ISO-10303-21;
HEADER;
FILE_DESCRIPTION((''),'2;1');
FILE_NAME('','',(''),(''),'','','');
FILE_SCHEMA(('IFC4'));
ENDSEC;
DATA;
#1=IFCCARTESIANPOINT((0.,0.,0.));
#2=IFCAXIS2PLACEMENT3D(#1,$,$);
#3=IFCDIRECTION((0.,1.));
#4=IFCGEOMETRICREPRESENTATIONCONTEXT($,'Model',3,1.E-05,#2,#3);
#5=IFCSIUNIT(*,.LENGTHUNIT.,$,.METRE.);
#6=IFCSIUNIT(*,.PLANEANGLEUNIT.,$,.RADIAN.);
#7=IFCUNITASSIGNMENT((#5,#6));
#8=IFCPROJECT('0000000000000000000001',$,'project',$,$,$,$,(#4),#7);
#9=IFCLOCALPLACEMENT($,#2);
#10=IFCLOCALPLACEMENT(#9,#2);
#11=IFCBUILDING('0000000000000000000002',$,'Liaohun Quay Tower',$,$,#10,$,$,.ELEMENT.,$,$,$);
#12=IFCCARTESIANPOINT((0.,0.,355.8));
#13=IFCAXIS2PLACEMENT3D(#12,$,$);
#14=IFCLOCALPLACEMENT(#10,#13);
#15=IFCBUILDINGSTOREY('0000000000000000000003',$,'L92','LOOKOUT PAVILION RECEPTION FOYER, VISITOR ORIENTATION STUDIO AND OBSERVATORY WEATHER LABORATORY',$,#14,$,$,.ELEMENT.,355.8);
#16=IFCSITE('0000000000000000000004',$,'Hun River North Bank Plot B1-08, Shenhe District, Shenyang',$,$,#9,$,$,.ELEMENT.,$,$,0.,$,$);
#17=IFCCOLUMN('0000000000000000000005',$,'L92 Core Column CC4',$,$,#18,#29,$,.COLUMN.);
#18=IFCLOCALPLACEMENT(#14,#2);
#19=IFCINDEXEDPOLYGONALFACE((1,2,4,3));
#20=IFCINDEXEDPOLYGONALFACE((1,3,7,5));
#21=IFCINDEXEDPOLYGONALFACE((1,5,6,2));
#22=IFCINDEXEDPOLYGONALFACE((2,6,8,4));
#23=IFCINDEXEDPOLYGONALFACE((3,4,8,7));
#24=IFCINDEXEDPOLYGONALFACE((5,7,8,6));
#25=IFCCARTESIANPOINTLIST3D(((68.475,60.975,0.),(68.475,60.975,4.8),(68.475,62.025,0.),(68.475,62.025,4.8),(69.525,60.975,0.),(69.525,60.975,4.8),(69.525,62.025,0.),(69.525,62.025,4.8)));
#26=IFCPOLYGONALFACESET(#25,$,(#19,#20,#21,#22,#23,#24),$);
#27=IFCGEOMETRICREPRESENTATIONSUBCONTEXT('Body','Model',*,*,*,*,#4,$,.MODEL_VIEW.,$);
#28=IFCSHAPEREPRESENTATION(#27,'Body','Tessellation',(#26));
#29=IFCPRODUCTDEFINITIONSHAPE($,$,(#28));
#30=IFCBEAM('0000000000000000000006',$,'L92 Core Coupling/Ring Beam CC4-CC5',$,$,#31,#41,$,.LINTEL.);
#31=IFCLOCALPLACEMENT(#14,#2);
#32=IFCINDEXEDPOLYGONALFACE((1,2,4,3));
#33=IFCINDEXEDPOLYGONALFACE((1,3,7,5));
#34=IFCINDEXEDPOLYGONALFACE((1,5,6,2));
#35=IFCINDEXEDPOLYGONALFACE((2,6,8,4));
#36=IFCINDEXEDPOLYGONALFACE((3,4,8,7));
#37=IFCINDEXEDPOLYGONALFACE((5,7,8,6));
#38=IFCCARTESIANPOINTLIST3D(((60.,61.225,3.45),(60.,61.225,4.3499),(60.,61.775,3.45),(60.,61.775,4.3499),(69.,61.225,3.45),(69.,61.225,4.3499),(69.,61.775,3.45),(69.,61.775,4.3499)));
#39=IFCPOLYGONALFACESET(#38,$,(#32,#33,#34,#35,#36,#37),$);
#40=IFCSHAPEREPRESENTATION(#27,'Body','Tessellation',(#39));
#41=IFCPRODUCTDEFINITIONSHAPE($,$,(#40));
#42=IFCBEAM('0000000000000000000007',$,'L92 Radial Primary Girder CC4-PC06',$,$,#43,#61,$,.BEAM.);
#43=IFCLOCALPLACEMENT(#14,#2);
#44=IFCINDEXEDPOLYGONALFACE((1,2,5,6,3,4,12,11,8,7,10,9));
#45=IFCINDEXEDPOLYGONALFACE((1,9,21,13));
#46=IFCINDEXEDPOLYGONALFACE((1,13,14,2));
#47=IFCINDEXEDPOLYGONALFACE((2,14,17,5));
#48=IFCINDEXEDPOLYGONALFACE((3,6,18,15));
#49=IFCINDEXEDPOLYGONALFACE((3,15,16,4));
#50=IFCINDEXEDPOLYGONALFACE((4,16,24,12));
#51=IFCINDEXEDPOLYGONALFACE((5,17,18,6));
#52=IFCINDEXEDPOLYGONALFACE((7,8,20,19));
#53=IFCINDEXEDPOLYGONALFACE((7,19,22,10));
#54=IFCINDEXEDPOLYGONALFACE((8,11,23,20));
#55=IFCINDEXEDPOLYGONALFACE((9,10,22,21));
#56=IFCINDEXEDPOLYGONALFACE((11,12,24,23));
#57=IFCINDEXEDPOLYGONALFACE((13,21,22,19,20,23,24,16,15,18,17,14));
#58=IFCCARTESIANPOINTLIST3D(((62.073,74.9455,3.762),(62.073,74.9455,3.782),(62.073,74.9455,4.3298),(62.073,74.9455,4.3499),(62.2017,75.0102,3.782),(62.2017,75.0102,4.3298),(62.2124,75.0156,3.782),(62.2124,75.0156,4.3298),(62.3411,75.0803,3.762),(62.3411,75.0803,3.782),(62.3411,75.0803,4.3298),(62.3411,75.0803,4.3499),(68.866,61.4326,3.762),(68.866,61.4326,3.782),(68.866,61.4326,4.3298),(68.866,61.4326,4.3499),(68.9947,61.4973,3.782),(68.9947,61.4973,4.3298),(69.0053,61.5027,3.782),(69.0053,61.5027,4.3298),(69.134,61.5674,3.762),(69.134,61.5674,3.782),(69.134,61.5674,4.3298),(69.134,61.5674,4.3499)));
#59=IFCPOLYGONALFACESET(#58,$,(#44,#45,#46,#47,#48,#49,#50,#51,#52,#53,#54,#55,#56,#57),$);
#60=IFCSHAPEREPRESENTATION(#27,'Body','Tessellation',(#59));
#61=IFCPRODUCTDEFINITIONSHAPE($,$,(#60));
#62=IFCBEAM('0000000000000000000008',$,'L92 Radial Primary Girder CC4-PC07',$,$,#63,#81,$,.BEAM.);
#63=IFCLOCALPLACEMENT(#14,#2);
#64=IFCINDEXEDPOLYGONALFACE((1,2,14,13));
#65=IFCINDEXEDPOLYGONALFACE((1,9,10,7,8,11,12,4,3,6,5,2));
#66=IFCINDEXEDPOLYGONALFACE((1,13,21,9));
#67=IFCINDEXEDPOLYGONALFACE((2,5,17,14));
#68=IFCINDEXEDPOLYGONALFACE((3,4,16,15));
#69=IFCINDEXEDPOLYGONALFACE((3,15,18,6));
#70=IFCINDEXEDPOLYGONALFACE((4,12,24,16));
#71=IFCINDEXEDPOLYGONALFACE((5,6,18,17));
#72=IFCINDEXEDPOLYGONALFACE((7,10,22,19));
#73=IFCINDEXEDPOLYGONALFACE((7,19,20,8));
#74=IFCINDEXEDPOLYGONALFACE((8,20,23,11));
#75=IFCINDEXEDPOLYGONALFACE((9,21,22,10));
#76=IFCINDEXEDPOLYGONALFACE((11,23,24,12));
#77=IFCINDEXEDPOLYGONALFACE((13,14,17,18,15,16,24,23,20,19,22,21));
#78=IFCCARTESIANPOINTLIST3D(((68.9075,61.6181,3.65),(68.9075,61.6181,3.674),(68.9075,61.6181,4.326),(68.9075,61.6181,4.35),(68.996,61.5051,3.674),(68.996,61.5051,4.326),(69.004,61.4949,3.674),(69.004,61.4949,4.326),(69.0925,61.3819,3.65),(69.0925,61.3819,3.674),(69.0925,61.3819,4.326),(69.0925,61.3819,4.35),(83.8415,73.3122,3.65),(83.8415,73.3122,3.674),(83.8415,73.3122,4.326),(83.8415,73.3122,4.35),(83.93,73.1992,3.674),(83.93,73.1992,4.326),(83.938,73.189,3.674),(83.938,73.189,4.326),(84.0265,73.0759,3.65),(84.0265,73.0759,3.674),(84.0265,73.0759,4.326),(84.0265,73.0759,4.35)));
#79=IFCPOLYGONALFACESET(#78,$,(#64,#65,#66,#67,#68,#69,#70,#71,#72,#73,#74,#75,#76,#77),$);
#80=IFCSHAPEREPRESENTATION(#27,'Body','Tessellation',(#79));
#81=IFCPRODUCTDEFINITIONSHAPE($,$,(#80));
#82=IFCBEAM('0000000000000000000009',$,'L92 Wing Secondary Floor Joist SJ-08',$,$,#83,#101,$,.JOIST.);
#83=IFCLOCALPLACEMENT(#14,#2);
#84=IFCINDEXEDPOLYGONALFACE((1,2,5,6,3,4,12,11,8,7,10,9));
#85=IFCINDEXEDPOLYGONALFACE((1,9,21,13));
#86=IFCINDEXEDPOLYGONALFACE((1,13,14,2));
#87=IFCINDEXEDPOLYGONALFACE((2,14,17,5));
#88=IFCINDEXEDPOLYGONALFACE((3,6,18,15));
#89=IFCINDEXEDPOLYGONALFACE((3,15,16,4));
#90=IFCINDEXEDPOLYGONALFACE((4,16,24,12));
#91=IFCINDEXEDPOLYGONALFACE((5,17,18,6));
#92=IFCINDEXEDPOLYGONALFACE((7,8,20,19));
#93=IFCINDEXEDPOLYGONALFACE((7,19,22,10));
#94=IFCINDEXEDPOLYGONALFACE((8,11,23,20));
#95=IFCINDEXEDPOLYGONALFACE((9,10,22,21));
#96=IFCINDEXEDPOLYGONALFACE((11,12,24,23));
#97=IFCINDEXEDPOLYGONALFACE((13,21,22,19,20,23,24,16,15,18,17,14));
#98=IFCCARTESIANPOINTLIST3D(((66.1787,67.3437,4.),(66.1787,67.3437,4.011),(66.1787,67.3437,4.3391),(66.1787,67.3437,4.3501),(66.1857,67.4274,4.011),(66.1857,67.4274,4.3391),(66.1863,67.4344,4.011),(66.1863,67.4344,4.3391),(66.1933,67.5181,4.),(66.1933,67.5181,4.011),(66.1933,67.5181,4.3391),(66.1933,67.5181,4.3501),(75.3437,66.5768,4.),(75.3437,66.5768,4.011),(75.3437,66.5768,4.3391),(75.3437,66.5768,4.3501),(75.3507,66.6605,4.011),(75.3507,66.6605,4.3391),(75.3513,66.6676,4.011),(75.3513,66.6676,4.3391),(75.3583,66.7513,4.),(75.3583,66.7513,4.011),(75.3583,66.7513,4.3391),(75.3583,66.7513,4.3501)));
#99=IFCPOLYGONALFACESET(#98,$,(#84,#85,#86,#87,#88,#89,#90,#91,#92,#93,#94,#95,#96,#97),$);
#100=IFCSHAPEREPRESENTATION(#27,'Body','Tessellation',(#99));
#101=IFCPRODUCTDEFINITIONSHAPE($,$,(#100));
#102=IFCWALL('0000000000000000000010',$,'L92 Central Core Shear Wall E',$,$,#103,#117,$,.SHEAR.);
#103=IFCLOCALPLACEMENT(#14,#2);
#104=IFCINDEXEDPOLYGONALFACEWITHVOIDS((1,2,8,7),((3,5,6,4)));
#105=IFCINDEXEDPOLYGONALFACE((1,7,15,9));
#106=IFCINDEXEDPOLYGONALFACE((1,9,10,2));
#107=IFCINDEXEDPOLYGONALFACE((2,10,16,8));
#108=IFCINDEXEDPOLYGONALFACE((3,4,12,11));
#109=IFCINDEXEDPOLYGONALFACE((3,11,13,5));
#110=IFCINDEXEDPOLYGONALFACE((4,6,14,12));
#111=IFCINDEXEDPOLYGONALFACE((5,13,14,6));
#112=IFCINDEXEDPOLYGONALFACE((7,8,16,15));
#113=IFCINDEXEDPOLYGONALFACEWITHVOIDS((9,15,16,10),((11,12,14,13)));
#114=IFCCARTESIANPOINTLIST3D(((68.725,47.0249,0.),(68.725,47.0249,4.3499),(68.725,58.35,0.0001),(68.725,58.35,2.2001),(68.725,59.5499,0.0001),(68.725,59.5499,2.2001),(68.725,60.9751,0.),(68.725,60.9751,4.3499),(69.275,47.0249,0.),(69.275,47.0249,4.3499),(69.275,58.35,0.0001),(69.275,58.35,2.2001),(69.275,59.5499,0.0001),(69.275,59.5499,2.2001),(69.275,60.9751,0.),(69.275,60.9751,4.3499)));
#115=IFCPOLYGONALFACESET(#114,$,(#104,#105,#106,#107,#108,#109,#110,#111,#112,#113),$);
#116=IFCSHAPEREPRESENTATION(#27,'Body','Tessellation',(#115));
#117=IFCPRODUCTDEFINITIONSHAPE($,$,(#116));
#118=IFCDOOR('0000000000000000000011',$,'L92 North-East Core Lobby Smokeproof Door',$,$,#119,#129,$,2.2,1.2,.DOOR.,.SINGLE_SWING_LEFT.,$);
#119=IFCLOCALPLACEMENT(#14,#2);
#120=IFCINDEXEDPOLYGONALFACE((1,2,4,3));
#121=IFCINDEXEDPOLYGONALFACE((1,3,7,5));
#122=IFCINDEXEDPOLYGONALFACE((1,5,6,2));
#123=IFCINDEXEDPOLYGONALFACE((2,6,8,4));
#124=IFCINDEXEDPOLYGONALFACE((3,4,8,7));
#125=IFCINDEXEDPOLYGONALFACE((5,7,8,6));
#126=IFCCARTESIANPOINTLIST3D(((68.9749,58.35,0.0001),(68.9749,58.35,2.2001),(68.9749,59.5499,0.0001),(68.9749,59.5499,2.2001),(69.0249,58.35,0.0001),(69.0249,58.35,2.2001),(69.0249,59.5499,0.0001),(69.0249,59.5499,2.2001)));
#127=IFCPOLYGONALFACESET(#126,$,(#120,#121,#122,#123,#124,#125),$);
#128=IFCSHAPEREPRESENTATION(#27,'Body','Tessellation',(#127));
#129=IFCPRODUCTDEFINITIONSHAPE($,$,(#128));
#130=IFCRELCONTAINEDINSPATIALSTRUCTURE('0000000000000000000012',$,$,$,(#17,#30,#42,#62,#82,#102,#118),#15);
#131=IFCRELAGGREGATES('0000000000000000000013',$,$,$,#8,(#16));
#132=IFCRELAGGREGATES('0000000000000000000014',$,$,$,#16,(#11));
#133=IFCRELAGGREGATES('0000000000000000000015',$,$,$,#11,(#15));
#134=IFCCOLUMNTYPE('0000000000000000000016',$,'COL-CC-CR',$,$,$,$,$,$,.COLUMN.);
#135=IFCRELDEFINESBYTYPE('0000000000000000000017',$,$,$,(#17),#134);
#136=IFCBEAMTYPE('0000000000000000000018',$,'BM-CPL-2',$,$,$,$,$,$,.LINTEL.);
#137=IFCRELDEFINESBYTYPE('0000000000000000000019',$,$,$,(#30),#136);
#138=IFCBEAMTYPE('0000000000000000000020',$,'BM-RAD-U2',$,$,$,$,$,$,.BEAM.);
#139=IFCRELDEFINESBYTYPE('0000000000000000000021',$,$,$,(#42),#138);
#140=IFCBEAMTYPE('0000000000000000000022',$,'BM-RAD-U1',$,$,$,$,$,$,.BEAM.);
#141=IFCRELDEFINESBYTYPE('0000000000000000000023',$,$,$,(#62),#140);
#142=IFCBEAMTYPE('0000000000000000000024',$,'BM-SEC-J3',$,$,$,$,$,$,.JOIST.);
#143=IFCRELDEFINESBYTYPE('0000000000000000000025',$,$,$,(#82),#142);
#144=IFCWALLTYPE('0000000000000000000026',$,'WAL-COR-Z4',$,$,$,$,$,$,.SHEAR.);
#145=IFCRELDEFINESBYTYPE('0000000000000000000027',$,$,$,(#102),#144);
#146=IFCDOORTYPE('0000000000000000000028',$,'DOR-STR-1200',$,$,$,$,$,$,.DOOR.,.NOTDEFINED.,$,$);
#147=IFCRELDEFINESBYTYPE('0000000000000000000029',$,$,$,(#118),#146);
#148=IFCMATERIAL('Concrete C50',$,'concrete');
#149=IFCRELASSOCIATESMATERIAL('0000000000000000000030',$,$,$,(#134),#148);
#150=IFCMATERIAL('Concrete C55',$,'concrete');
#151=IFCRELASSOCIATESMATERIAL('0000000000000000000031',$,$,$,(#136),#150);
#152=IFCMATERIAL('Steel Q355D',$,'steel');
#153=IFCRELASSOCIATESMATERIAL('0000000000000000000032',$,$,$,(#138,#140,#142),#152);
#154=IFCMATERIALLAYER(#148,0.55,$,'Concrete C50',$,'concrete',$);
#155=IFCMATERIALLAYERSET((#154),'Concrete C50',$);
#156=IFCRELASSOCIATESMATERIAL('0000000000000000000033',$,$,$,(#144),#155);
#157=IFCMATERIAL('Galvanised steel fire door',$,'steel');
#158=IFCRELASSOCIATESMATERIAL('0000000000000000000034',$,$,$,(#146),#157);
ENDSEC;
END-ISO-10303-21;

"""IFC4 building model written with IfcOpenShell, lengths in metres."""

from ifc_helpers import new_model, si_unit, direction, frame, frame_2d, origin, origin_2d, place, context, subcontext, project, spatial, rectangle, i_section, extrude, source, transform, mapped, material, layer, layer_set, material_profile, profile_set, type_object, element, fill, save


model = new_model("IFC4")

# Units and contexts
model_context = context("Model", 3, precision=1e-05, world=origin(), true_north=direction((0.0, 1.0)))
body_context = subcontext(model_context, "Body", "Model", "MODEL_VIEW")
ifc_project = project(units=[si_unit("LENGTHUNIT", "METRE"), si_unit("PLANEANGLEUNIT", "RADIAN")], contexts=[model_context])

# Site, building, storey
site_placement = place(None, origin())
site = spatial("IfcSite", under=ifc_project, at=site_placement, Name="Hun River North Bank Plot B1-08, Shenhe District, Shenyang", CompositionType="ELEMENT", RefElevation=0.0)
building_placement = place(site_placement, origin())
building = spatial("IfcBuilding", under=site, at=building_placement, Name="Liaohun Quay Tower", CompositionType="ELEMENT")
storey_placement = place(building_placement, frame((0.0, 0.0, 355.8)))
storey = spatial("IfcBuildingStorey", under=building, at=storey_placement, Name="L92", Description="LOOKOUT PAVILION RECEPTION FOYER, VISITOR ORIENTATION STUDIO AND OBSERVATORY WEATHER LABORATORY", CompositionType="ELEMENT", Elevation=355.8)

# Column
ifc_material_1 = material(Name="Concrete C50", Category="concrete")
ifc_material_profile_1 = material_profile(ifc_material_1, rectangle(XDim=1.05, YDim=1.05, at=origin_2d()), Name="RC1050x1050")
ifc_profile_set_1 = profile_set([ifc_material_profile_1], Name="Concrete C50")
column_type = type_object("IfcColumnType", Name="COL-CC-CR", PredefinedType="COLUMN", material=ifc_profile_set_1)
shared_shape_1 = source(origin(), body_context, "Body", "SweptSolid", [
    extrude(rectangle(XDim=1.05, YDim=1.05, at=origin_2d()), origin(), (0.0, 0.0, 1.0), 4.8),
])
column_placement = place(storey_placement, frame((69.0, 61.5, 0.0), z_axis=(0.0, 0.0, 1.0), x_axis=(1.0, 0.0, 0.0)))
element("IfcColumn", 1, at=column_placement, inside=storey, type_object=column_type, Name="L92 Core Column CC4", PredefinedType="COLUMN", context=body_context, shape_type="MappedRepresentation", body=[
    mapped(shared_shape_1, transform((0.0, 0.0, 0.0), x_axis=(1.0, 0.0, 0.0), y_axis=(0.0, 1.0, 0.0), z_axis=(0.0, 0.0, 1.0), scale=1.0)),
])

# Beams
ifc_material_2 = material(Name="Concrete C55", Category="concrete")
ifc_material_profile_2 = material_profile(ifc_material_2, rectangle(XDim=0.55, YDim=0.8999, at=origin_2d()), Name="RC550x900")
ifc_profile_set_2 = profile_set([ifc_material_profile_2], Name="Concrete C55")
beam_type_1 = type_object("IfcBeamType", Name="BM-CPL-2", PredefinedType="LINTEL", material=ifc_profile_set_2)
shared_shape_2 = source(origin(), body_context, "Body", "SweptSolid", [
    extrude(rectangle(XDim=0.55, YDim=0.8999, at=origin_2d()), origin(), (0.0, 0.0, 1.0), 9.0),
])
beam_1_placement = place(storey_placement, frame((69.0, 61.5, 3.8999), z_axis=(-1.0, 0.0, 0.0), x_axis=(0.0, -1.0, 0.0)))
element("IfcBeam", 2, at=beam_1_placement, inside=storey, type_object=beam_type_1, Name="L92 Core Coupling/Ring Beam CC4-CC5", PredefinedType="LINTEL", context=body_context, shape_type="MappedRepresentation", body=[
    mapped(shared_shape_2, transform((0.0, 0.0, 0.0), x_axis=(1.0, 0.0, 0.0), y_axis=(0.0, 1.0, 0.0), z_axis=(0.0, 0.0, 1.0), scale=1.0)),
])
ifc_material_3 = material(Name="Steel Q355D", Category="steel")
ifc_material_profile_3 = material_profile(ifc_material_3, i_section(OverallWidth=0.3, OverallDepth=0.5879, WebThickness=0.012, FlangeThickness=0.02, at=origin_2d()), Name="HM588x300x12x20")
ifc_profile_set_3 = profile_set([ifc_material_profile_3], Name="Steel Q355D")
beam_type_2 = type_object("IfcBeamType", Name="BM-RAD-U2", PredefinedType="BEAM", material=ifc_profile_set_3)
shared_shape_3 = source(origin(), body_context, "Body", "SweptSolid", [
    extrude(i_section(OverallWidth=0.3, OverallDepth=0.5879, WebThickness=0.012, FlangeThickness=0.02, at=origin_2d()), origin(), (0.0, 0.0, 1.0), 15.1243),
])
beam_2_placement = place(storey_placement, frame((69.0, 61.5, 4.0559), z_axis=(-0.449143, 0.89346, 0.0), x_axis=(-0.89346, -0.449143, 0.0)))
element("IfcBeam", 3, at=beam_2_placement, inside=storey, type_object=beam_type_2, Name="L92 Radial Primary Girder CC4-PC06", PredefinedType="BEAM", context=body_context, shape_type="MappedRepresentation", body=[
    mapped(shared_shape_3, transform((0.0, 0.0, 0.0), x_axis=(1.0, 0.0, 0.0), y_axis=(0.0, 1.0, 0.0), z_axis=(0.0, 0.0, 1.0), scale=1.0)),
])
ifc_material_profile_4 = material_profile(ifc_material_3, i_section(OverallWidth=0.3, OverallDepth=0.7, WebThickness=0.0129, FlangeThickness=0.0239, at=origin_2d()), Name="HN700x300x13x24")
ifc_profile_set_4 = profile_set([ifc_material_profile_4], Name="Steel Q355D")
beam_type_3 = type_object("IfcBeamType", Name="BM-RAD-U1", PredefinedType="BEAM", material=ifc_profile_set_4)
shared_shape_4 = source(origin(), body_context, "Body", "SweptSolid", [
    extrude(i_section(OverallWidth=0.3, OverallDepth=0.7, WebThickness=0.0129, FlangeThickness=0.0239, at=origin_2d()), origin(), (0.0, 0.0, 1.0), 18.9678),
])
beam_3_placement = place(storey_placement, frame((69.0, 61.5, 4.0), z_axis=(0.787337, 0.616522, 0.0), x_axis=(-0.616522, 0.787337, 0.0)))
element("IfcBeam", 4, at=beam_3_placement, inside=storey, type_object=beam_type_3, Name="L92 Radial Primary Girder CC4-PC07", PredefinedType="BEAM", context=body_context, shape_type="MappedRepresentation", body=[
    mapped(shared_shape_4, transform((0.0, 0.0, 0.0), x_axis=(1.0, 0.0, 0.0), y_axis=(0.0, 1.0, 0.0), z_axis=(0.0, 0.0, 1.0), scale=1.0)),
])
ifc_material_profile_5 = material_profile(ifc_material_3, i_section(OverallWidth=0.175, OverallDepth=0.3501, WebThickness=0.0071, FlangeThickness=0.011, at=origin_2d()), Name="HN350x175x7x11")
ifc_profile_set_5 = profile_set([ifc_material_profile_5], Name="Steel Q355D")
beam_type_4 = type_object("IfcBeamType", Name="BM-SEC-J3", PredefinedType="JOIST", material=ifc_profile_set_5)
shared_shape_5 = source(origin(), body_context, "Body", "SweptSolid", [
    extrude(i_section(OverallWidth=0.175, OverallDepth=0.3501, WebThickness=0.0071, FlangeThickness=0.011, at=origin_2d()), origin(), (0.0, 0.0, 1.0), 9.197),
])
beam_4_placement = place(storey_placement, frame((66.186, 67.4309, 4.175), z_axis=(0.996518, -0.083379, 0.0), x_axis=(0.083379, 0.996518, 0.0)))
element("IfcBeam", 5, at=beam_4_placement, inside=storey, type_object=beam_type_4, Name="L92 Wing Secondary Floor Joist SJ-08", PredefinedType="JOIST", context=body_context, shape_type="MappedRepresentation", body=[
    mapped(shared_shape_5, transform((0.0, 0.0, 0.0), x_axis=(1.0, 0.0, 0.0), y_axis=(0.0, 1.0, 0.0), z_axis=(0.0, 0.0, 1.0), scale=1.0)),
])

# Wall, opening, door
ifc_layer_1 = layer(ifc_material_1, 0.55, Name="Concrete C50", Category="concrete")
ifc_layer_set_1 = layer_set([ifc_layer_1], Name="Concrete C50")
wall_type_1 = type_object("IfcWallType", Name="WAL-COR-Z4", PredefinedType="SHEAR", material=ifc_layer_set_1)
wall_1_placement = place(storey_placement, frame((69.0, 60.9751, 0.0), z_axis=(0.0, 0.0, 1.0), x_axis=(0.0, -1.0, 0.0)))
wall_1 = element("IfcWall", 6, at=wall_1_placement, inside=storey, type_object=wall_type_1, Name="L92 Central Core Shear Wall E", PredefinedType="SHEAR", context=body_context, shape_type="SweptSolid", body=[
    extrude(rectangle(XDim=13.9502, YDim=0.55, at=frame_2d((6.9751, 0.0))), origin(), (0.0, 0.0, 1.0), 4.3499),
])
shared_shape_6 = source(origin(), body_context, "Body", "SweptSolid", [
    extrude(rectangle(XDim=1.2, YDim=2.2, at=frame_2d((0.6001, 1.1001))), frame((0.0, 0.2849, 0.0), z_axis=(0.0, -1.0, 0.0), x_axis=(1.0, 0.0, 0.0)), (0.0, 0.0, 1.0), 0.5701),
])
opening_1_placement = place(wall_1_placement, frame((1.425, 0.0, 0.0)))
opening_1 = element("IfcOpeningElement", 7, at=opening_1_placement, cuts=wall_1, PredefinedType="OPENING", context=body_context, shape_type="MappedRepresentation", body=[
    mapped(shared_shape_6, transform((0.0, 0.0, 0.0), x_axis=(1.0, 0.0, 0.0), y_axis=(0.0, 1.0, 0.0), z_axis=(0.0, 0.0, 1.0), scale=1.0)),
])
ifc_material_4 = material(Name="Galvanised steel fire door", Category="steel")
door_type_1 = type_object("IfcDoorType", Name="DOR-STR-1200", OperationType="NOTDEFINED", PredefinedType="DOOR", material=ifc_material_4)
shared_shape_7 = source(origin(), body_context, "Body", "SweptSolid", [
    extrude(rectangle(XDim=1.2, YDim=2.2, at=frame_2d((0.6001, 1.1001))), frame((0.0, 0.0249, 0.0), z_axis=(0.0, -1.0, 0.0), x_axis=(1.0, 0.0, 0.0)), (0.0, 0.0, 1.0), 0.05),
])
door_1_placement = place(opening_1_placement, origin())
door_1 = element("IfcDoor", 8, at=door_1_placement, inside=storey, type_object=door_type_1, Name="L92 North-East Core Lobby Smokeproof Door", OperationType="SINGLE_SWING_LEFT", OverallHeight=2.2, OverallWidth=1.2, PredefinedType="DOOR", context=body_context, shape_type="MappedRepresentation", body=[
    mapped(shared_shape_7, transform((0.0, 0.0, 0.0), x_axis=(1.0, 0.0, 0.0), y_axis=(0.0, 1.0, 0.0), z_axis=(0.0, 0.0, 1.0), scale=1.0)),
])
fill(opening_1, door_1)

save(model, "model.ifc")
